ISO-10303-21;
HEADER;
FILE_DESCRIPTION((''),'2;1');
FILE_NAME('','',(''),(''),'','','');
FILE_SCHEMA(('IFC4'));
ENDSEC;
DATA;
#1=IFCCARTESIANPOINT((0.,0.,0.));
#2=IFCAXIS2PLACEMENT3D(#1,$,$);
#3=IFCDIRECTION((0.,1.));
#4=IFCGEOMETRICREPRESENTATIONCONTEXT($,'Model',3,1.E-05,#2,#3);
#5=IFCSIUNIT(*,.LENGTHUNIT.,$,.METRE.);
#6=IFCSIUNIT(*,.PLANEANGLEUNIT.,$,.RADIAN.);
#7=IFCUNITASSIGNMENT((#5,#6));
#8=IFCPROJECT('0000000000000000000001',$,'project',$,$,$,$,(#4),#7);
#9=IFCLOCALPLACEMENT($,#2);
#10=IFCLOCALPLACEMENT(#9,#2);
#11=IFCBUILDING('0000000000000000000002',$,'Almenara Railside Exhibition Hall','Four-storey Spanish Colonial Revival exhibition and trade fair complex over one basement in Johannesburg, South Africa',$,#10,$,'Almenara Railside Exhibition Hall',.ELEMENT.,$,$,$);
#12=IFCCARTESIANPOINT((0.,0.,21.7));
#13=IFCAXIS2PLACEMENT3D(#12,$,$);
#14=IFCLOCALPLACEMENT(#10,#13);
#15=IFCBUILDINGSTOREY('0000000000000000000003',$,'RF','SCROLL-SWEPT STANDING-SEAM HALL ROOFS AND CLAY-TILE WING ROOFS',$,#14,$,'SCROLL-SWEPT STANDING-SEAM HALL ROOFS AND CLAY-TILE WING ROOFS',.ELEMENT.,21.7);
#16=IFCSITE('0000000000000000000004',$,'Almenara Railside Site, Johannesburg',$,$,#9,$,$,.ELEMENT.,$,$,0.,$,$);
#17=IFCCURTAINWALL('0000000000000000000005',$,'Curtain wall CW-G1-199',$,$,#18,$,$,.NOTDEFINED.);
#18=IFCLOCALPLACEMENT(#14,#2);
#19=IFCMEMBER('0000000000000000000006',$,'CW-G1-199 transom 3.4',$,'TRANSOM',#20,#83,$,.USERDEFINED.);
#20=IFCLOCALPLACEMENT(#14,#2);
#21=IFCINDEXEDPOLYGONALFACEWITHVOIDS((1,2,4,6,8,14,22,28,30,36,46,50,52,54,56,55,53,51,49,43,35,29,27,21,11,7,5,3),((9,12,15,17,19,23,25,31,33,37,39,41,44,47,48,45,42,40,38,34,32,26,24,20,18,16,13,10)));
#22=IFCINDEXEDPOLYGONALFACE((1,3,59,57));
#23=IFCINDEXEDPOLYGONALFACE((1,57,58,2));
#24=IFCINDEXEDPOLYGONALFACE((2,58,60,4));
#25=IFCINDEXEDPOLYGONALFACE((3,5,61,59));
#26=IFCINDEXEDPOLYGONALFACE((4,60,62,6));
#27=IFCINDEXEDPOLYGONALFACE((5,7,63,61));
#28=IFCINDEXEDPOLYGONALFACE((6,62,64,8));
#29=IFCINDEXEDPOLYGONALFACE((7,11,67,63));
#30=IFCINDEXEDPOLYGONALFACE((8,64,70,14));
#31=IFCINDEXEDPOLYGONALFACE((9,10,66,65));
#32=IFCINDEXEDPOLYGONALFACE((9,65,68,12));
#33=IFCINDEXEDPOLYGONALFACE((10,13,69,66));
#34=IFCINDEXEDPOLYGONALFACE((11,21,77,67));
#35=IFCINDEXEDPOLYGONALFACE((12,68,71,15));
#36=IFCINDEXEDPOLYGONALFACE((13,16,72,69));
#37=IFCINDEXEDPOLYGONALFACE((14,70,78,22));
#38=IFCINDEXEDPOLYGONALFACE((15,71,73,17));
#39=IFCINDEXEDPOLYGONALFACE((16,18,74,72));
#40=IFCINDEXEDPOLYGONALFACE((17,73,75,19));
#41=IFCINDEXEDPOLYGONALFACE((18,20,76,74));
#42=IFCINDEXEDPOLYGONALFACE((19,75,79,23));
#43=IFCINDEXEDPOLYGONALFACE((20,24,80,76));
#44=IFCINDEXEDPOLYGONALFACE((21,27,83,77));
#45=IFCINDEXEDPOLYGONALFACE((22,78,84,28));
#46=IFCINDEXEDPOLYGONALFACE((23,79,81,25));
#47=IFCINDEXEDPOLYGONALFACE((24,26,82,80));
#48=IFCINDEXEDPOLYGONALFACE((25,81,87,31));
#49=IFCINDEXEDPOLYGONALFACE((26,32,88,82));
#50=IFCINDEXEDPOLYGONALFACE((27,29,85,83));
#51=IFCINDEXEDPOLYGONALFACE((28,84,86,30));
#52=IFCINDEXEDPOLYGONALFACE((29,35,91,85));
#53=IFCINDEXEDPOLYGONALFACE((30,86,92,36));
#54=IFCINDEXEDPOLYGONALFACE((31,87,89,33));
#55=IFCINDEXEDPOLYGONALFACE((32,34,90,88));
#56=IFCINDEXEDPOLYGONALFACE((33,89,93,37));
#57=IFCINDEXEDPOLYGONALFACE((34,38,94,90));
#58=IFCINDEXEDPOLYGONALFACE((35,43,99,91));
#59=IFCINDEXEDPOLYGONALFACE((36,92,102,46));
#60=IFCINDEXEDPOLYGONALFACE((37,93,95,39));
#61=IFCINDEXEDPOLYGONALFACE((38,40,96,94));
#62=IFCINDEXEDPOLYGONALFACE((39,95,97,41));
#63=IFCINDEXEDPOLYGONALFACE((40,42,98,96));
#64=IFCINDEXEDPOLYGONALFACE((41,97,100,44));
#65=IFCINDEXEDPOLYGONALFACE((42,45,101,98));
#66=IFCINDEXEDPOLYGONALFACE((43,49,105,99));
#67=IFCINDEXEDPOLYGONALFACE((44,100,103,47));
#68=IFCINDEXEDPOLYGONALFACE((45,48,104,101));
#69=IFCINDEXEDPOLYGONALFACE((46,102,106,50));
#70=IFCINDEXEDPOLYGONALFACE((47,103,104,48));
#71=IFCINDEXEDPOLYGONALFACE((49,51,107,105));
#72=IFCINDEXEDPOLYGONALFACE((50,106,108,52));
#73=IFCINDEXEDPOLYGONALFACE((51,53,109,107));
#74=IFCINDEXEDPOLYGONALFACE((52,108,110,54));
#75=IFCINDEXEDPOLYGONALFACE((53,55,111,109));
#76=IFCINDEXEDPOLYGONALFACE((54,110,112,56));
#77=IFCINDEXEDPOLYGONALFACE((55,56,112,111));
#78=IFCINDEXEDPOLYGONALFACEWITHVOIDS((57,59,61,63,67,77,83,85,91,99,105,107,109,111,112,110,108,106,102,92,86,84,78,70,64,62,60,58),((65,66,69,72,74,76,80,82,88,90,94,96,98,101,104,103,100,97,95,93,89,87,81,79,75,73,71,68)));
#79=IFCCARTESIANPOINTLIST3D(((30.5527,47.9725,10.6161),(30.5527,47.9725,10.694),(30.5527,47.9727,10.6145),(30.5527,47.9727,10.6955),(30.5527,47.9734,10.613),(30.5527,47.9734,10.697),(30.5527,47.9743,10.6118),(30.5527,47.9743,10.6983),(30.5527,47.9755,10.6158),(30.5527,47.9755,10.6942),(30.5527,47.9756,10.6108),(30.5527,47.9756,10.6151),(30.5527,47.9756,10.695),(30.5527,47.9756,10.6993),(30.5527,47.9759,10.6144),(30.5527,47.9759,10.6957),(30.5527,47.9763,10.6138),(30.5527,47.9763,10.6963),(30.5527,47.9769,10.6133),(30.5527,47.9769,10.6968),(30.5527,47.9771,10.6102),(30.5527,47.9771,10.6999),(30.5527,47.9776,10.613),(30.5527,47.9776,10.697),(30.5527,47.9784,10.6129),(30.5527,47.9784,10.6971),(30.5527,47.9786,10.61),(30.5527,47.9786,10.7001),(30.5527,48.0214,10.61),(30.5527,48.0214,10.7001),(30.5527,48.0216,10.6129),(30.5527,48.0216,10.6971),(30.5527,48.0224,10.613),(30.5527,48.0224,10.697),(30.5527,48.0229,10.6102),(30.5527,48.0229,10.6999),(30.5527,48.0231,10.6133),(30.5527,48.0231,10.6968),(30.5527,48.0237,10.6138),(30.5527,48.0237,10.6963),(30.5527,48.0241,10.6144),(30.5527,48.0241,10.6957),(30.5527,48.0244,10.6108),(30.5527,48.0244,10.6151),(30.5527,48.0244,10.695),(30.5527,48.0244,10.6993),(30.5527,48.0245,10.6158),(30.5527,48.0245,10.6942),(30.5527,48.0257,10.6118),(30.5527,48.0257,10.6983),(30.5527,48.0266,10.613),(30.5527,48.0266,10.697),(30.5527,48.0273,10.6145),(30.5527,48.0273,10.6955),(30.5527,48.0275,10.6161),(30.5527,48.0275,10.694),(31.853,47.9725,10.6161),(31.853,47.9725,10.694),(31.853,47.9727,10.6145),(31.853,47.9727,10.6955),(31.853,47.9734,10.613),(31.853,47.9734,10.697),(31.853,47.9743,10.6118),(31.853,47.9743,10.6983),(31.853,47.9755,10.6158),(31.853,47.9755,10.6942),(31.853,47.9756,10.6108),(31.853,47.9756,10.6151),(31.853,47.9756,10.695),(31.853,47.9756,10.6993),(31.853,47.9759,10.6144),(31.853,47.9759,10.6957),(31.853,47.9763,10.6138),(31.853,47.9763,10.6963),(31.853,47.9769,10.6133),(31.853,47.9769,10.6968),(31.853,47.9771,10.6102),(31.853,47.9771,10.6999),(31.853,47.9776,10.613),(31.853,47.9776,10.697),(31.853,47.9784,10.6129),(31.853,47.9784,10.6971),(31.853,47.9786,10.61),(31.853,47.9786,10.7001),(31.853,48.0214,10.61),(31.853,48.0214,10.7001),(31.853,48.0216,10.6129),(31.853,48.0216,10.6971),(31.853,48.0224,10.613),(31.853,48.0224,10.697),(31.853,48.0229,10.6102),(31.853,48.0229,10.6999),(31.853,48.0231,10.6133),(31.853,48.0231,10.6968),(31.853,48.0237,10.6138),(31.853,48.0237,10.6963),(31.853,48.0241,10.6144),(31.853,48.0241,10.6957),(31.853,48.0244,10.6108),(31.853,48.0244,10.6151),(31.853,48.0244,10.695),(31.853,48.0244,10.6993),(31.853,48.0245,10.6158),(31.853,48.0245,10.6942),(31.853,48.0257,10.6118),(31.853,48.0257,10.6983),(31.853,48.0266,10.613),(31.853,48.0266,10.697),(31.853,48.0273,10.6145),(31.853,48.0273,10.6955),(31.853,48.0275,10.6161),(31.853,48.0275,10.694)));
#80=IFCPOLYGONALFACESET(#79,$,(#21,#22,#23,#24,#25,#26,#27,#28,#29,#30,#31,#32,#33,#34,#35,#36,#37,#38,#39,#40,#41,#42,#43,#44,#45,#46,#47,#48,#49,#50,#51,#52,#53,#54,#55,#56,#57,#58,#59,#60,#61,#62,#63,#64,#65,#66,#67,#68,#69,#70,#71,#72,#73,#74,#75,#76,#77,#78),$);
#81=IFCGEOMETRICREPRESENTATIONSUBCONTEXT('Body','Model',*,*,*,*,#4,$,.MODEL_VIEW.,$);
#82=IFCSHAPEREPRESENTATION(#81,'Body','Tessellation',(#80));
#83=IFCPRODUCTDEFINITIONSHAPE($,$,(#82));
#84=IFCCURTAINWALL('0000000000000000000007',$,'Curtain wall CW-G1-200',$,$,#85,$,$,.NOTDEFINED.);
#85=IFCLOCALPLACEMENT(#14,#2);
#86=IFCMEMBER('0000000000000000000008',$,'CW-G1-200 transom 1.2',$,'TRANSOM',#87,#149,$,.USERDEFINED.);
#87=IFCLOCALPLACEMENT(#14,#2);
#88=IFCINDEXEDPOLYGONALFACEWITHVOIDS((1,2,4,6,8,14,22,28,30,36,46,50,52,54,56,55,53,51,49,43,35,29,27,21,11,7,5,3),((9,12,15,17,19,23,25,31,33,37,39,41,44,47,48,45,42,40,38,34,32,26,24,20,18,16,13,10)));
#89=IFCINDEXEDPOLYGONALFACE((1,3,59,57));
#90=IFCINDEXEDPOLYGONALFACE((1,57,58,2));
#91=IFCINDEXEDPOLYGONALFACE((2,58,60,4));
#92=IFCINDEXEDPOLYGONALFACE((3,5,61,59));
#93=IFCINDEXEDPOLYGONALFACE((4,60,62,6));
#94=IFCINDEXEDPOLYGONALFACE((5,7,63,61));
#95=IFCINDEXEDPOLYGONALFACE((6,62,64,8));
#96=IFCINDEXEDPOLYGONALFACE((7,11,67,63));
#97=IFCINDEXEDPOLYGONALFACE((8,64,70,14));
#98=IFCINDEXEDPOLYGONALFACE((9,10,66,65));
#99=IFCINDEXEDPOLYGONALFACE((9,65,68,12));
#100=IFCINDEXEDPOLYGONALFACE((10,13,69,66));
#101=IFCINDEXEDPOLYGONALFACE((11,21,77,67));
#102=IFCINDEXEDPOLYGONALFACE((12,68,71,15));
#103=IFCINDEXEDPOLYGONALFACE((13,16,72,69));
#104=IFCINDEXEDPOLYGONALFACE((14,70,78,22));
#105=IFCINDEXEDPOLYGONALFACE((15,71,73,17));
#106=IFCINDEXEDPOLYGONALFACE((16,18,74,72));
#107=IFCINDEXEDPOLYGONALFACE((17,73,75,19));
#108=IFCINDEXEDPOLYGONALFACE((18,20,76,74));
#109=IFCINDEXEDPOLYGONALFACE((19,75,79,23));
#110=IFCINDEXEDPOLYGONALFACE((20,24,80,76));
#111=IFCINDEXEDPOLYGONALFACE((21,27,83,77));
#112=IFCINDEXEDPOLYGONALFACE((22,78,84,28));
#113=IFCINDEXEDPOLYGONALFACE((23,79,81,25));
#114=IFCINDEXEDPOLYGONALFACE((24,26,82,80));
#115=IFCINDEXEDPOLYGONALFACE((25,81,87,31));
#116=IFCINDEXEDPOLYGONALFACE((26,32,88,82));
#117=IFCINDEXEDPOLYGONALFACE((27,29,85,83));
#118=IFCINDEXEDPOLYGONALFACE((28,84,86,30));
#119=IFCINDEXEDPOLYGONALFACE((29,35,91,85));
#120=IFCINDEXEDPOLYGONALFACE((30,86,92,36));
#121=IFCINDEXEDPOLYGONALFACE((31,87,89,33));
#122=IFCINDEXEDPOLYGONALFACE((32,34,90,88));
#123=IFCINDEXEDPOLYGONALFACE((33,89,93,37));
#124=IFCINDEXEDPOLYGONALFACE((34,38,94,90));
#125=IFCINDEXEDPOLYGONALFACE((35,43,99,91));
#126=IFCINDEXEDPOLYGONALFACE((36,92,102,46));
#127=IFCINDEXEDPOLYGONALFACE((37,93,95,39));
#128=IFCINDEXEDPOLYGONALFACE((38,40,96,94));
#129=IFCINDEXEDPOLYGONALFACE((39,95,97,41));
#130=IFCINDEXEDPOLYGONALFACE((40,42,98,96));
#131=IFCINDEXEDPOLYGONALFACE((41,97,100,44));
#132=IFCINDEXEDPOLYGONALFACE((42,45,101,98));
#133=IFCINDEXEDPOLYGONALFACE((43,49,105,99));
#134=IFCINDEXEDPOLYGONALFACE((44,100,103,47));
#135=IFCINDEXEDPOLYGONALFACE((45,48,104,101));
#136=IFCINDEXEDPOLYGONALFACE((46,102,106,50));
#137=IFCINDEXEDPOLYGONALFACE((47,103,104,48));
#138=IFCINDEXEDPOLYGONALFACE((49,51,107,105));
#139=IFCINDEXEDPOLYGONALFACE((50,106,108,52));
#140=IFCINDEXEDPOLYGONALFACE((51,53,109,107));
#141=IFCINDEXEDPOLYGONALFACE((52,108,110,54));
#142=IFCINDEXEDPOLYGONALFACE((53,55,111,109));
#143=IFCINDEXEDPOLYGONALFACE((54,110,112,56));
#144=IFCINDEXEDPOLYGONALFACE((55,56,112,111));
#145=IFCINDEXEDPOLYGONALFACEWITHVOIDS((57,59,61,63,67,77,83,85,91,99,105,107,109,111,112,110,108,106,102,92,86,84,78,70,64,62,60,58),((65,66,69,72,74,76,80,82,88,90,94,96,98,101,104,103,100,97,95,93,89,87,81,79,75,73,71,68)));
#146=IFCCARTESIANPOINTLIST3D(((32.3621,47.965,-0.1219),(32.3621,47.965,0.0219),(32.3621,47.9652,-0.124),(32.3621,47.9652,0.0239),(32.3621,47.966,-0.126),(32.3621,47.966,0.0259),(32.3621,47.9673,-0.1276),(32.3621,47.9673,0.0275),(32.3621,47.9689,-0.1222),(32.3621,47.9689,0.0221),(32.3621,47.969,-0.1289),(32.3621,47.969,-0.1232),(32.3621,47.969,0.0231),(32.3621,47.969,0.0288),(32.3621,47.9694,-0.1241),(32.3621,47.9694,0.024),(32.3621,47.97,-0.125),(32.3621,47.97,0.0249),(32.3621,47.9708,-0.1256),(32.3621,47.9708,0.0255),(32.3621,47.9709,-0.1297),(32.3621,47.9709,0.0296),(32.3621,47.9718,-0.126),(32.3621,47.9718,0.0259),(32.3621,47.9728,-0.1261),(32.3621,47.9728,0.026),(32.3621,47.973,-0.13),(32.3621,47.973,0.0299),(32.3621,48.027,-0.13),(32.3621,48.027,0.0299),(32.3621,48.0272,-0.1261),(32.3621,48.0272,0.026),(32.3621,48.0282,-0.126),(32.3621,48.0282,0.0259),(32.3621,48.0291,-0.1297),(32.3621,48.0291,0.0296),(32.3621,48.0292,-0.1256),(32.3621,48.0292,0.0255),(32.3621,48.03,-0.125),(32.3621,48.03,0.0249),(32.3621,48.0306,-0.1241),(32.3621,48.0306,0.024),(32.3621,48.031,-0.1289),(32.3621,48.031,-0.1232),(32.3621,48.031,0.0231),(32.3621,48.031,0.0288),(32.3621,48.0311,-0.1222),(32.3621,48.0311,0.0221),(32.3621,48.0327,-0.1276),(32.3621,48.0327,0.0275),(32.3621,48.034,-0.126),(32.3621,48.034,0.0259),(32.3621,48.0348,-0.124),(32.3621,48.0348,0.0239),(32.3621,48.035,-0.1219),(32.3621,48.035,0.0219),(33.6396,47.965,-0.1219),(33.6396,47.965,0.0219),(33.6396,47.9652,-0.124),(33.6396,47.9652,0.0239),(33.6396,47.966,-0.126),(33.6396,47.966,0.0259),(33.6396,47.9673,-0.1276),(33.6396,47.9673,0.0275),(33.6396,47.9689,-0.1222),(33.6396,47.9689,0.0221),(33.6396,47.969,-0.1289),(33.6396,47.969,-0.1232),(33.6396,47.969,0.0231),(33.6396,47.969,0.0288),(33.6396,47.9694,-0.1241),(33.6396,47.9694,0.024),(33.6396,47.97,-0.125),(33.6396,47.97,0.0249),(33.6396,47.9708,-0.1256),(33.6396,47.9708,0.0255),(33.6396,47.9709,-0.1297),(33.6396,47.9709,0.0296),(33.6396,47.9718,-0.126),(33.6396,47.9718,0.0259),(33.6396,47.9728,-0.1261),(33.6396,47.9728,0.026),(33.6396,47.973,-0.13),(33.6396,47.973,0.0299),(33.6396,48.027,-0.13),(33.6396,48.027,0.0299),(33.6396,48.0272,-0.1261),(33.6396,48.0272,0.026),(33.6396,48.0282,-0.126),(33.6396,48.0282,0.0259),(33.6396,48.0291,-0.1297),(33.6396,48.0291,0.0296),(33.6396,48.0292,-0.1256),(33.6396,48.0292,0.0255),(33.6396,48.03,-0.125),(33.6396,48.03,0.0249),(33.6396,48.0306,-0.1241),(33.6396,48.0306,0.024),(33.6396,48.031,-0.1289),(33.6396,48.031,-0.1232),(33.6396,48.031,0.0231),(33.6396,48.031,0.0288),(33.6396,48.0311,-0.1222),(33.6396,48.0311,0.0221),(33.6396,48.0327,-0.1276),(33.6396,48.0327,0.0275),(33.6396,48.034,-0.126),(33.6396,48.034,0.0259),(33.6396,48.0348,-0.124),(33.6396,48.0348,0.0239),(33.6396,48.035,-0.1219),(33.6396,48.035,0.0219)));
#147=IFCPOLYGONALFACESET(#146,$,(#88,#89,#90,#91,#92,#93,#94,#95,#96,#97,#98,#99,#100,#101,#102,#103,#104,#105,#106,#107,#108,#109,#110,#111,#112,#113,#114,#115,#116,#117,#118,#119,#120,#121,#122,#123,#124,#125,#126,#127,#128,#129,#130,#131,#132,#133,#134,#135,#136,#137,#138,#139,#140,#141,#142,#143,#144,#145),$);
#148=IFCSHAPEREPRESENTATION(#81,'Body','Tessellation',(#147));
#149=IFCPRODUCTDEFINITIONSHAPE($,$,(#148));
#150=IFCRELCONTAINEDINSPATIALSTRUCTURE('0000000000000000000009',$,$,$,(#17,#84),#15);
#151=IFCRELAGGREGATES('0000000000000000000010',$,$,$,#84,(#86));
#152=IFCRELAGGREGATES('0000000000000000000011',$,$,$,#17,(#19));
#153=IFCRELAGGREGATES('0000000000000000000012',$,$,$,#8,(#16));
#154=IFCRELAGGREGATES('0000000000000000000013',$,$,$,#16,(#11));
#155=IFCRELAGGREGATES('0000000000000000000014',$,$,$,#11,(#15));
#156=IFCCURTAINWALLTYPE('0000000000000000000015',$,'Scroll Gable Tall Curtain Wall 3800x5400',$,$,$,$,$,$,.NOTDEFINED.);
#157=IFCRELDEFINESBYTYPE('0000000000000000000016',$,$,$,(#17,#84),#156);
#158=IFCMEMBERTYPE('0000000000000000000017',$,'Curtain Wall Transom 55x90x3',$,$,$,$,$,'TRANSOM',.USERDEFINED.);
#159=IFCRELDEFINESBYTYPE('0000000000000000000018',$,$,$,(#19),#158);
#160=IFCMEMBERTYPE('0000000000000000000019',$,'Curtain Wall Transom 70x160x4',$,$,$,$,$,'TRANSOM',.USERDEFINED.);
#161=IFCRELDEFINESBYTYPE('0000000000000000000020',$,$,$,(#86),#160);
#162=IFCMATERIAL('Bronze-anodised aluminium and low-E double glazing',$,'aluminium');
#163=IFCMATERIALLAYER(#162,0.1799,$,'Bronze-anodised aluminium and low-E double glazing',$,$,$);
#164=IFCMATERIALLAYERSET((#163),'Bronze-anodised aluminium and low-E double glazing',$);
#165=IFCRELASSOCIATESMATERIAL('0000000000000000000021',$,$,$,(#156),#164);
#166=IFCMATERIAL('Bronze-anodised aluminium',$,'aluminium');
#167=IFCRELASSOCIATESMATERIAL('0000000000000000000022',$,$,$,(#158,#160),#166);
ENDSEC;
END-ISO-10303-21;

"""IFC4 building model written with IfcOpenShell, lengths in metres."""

from ifc_helpers import new_model, si_unit, direction, frame, origin, origin_2d, place, context, subcontext, project, spatial, hollow_rectangle, extrude, material, layer, layer_set, material_profile, profile_set, type_object, element, aggregate, save


model = new_model("IFC4")

# Units and contexts
model_context = context("Model", 3, precision=1e-05, world=origin(), true_north=direction((0.0, 1.0)))
body_context = subcontext(model_context, "Body", "Model", "MODEL_VIEW")
ifc_project = project(units=[si_unit("LENGTHUNIT", "METRE"), si_unit("PLANEANGLEUNIT", "RADIAN")], contexts=[model_context])

# Site, building, storey
site_placement = place(None, origin())
site = spatial("IfcSite", under=ifc_project, at=site_placement, Name="Almenara Railside Site, Johannesburg", CompositionType="ELEMENT", RefElevation=0.0)
building_placement = place(site_placement, origin())
building = spatial("IfcBuilding", under=site, at=building_placement, Name="Almenara Railside Exhibition Hall", Description="Four-storey Spanish Colonial Revival exhibition and trade fair complex over one basement in Johannesburg, South Africa", LongName="Almenara Railside Exhibition Hall", CompositionType="ELEMENT")
storey_placement = place(building_placement, frame((0.0, 0.0, 21.7)))
storey = spatial("IfcBuildingStorey", under=building, at=storey_placement, Name="RF", Description="SCROLL-SWEPT STANDING-SEAM HALL ROOFS AND CLAY-TILE WING ROOFS", LongName="SCROLL-SWEPT STANDING-SEAM HALL ROOFS AND CLAY-TILE WING ROOFS", CompositionType="ELEMENT", Elevation=21.7)

# Curtain walls, members
ifc_material_1 = material(Name="Bronze-anodised aluminium and low-E double glazing", Category="aluminium")
ifc_layer_1 = layer(ifc_material_1, 0.1799, Name="Bronze-anodised aluminium and low-E double glazing")
ifc_layer_set_1 = layer_set([ifc_layer_1], Name="Bronze-anodised aluminium and low-E double glazing")
curtain_wall_type = type_object("IfcCurtainWallType", Name="Scroll Gable Tall Curtain Wall 3800x5400", PredefinedType="NOTDEFINED", material=ifc_layer_set_1)
curtain_wall_1_placement = place(storey_placement, origin())
curtain_wall_1 = element("IfcCurtainWall", 1, at=curtain_wall_1_placement, inside=storey, type_object=curtain_wall_type, Name="Curtain wall CW-G1-199", PredefinedType="NOTDEFINED")
ifc_material_2 = material(Name="Bronze-anodised aluminium", Category="aluminium")
ifc_material_profile_1 = material_profile(ifc_material_2, hollow_rectangle(XDim=0.0549, YDim=0.0901, WallThickness=0.0029, InnerFilletRadius=0.0029, OuterFilletRadius=0.0061, at=origin_2d()), Name="ALU-TRN 55x90x3")
ifc_profile_set_1 = profile_set([ifc_material_profile_1], Name="Bronze-anodised aluminium")
member_type_1 = type_object("IfcMemberType", Name="Curtain Wall Transom 55x90x3", ElementType="TRANSOM", PredefinedType="USERDEFINED", material=ifc_profile_set_1)
member_1_placement = place(storey_placement, frame((30.5527, 48.0, 10.655), z_axis=(1.0, 0.0, 0.0), x_axis=(0.0, 1.0, 0.0)))
member_1 = element("IfcMember", 2, at=member_1_placement, type_object=member_type_1, Name="CW-G1-199 transom 3.4", ObjectType="TRANSOM", PredefinedType="USERDEFINED", context=body_context, shape_type="SweptSolid", body=[
    extrude(hollow_rectangle(XDim=0.0549, YDim=0.0901, WallThickness=0.0029, InnerFilletRadius=0.0029, OuterFilletRadius=0.0061, at=origin_2d()), origin(), (0.0, 0.0, 1.0), 1.3003),
])
curtain_wall_2_placement = place(storey_placement, origin())
curtain_wall_2 = element("IfcCurtainWall", 3, at=curtain_wall_2_placement, inside=storey, type_object=curtain_wall_type, Name="Curtain wall CW-G1-200", PredefinedType="NOTDEFINED")
ifc_material_profile_2 = material_profile(ifc_material_2, hollow_rectangle(XDim=0.0701, YDim=0.1599, WallThickness=0.0039, InnerFilletRadius=0.0039, OuterFilletRadius=0.0081, at=origin_2d()), Name="ALU-TRN 70x160x4")
ifc_profile_set_2 = profile_set([ifc_material_profile_2], Name="Bronze-anodised aluminium")
member_type_2 = type_object("IfcMemberType", Name="Curtain Wall Transom 70x160x4", ElementType="TRANSOM", PredefinedType="USERDEFINED", material=ifc_profile_set_2)
member_2_placement = place(storey_placement, frame((32.3621, 48.0, -0.05), z_axis=(1.0, 0.0, 0.0), x_axis=(0.0, 1.0, 0.0)))
member_2 = element("IfcMember", 4, at=member_2_placement, type_object=member_type_2, Name="CW-G1-200 transom 1.2", ObjectType="TRANSOM", PredefinedType="USERDEFINED", context=body_context, shape_type="SweptSolid", body=[
    extrude(hollow_rectangle(XDim=0.0701, YDim=0.1599, WallThickness=0.0039, InnerFilletRadius=0.0039, OuterFilletRadius=0.0081, at=origin_2d()), origin(), (0.0, 0.0, 1.0), 1.2776),
])

aggregate(curtain_wall_2, [member_2])
aggregate(curtain_wall_1, [member_1])

save(model, "model.ifc")
